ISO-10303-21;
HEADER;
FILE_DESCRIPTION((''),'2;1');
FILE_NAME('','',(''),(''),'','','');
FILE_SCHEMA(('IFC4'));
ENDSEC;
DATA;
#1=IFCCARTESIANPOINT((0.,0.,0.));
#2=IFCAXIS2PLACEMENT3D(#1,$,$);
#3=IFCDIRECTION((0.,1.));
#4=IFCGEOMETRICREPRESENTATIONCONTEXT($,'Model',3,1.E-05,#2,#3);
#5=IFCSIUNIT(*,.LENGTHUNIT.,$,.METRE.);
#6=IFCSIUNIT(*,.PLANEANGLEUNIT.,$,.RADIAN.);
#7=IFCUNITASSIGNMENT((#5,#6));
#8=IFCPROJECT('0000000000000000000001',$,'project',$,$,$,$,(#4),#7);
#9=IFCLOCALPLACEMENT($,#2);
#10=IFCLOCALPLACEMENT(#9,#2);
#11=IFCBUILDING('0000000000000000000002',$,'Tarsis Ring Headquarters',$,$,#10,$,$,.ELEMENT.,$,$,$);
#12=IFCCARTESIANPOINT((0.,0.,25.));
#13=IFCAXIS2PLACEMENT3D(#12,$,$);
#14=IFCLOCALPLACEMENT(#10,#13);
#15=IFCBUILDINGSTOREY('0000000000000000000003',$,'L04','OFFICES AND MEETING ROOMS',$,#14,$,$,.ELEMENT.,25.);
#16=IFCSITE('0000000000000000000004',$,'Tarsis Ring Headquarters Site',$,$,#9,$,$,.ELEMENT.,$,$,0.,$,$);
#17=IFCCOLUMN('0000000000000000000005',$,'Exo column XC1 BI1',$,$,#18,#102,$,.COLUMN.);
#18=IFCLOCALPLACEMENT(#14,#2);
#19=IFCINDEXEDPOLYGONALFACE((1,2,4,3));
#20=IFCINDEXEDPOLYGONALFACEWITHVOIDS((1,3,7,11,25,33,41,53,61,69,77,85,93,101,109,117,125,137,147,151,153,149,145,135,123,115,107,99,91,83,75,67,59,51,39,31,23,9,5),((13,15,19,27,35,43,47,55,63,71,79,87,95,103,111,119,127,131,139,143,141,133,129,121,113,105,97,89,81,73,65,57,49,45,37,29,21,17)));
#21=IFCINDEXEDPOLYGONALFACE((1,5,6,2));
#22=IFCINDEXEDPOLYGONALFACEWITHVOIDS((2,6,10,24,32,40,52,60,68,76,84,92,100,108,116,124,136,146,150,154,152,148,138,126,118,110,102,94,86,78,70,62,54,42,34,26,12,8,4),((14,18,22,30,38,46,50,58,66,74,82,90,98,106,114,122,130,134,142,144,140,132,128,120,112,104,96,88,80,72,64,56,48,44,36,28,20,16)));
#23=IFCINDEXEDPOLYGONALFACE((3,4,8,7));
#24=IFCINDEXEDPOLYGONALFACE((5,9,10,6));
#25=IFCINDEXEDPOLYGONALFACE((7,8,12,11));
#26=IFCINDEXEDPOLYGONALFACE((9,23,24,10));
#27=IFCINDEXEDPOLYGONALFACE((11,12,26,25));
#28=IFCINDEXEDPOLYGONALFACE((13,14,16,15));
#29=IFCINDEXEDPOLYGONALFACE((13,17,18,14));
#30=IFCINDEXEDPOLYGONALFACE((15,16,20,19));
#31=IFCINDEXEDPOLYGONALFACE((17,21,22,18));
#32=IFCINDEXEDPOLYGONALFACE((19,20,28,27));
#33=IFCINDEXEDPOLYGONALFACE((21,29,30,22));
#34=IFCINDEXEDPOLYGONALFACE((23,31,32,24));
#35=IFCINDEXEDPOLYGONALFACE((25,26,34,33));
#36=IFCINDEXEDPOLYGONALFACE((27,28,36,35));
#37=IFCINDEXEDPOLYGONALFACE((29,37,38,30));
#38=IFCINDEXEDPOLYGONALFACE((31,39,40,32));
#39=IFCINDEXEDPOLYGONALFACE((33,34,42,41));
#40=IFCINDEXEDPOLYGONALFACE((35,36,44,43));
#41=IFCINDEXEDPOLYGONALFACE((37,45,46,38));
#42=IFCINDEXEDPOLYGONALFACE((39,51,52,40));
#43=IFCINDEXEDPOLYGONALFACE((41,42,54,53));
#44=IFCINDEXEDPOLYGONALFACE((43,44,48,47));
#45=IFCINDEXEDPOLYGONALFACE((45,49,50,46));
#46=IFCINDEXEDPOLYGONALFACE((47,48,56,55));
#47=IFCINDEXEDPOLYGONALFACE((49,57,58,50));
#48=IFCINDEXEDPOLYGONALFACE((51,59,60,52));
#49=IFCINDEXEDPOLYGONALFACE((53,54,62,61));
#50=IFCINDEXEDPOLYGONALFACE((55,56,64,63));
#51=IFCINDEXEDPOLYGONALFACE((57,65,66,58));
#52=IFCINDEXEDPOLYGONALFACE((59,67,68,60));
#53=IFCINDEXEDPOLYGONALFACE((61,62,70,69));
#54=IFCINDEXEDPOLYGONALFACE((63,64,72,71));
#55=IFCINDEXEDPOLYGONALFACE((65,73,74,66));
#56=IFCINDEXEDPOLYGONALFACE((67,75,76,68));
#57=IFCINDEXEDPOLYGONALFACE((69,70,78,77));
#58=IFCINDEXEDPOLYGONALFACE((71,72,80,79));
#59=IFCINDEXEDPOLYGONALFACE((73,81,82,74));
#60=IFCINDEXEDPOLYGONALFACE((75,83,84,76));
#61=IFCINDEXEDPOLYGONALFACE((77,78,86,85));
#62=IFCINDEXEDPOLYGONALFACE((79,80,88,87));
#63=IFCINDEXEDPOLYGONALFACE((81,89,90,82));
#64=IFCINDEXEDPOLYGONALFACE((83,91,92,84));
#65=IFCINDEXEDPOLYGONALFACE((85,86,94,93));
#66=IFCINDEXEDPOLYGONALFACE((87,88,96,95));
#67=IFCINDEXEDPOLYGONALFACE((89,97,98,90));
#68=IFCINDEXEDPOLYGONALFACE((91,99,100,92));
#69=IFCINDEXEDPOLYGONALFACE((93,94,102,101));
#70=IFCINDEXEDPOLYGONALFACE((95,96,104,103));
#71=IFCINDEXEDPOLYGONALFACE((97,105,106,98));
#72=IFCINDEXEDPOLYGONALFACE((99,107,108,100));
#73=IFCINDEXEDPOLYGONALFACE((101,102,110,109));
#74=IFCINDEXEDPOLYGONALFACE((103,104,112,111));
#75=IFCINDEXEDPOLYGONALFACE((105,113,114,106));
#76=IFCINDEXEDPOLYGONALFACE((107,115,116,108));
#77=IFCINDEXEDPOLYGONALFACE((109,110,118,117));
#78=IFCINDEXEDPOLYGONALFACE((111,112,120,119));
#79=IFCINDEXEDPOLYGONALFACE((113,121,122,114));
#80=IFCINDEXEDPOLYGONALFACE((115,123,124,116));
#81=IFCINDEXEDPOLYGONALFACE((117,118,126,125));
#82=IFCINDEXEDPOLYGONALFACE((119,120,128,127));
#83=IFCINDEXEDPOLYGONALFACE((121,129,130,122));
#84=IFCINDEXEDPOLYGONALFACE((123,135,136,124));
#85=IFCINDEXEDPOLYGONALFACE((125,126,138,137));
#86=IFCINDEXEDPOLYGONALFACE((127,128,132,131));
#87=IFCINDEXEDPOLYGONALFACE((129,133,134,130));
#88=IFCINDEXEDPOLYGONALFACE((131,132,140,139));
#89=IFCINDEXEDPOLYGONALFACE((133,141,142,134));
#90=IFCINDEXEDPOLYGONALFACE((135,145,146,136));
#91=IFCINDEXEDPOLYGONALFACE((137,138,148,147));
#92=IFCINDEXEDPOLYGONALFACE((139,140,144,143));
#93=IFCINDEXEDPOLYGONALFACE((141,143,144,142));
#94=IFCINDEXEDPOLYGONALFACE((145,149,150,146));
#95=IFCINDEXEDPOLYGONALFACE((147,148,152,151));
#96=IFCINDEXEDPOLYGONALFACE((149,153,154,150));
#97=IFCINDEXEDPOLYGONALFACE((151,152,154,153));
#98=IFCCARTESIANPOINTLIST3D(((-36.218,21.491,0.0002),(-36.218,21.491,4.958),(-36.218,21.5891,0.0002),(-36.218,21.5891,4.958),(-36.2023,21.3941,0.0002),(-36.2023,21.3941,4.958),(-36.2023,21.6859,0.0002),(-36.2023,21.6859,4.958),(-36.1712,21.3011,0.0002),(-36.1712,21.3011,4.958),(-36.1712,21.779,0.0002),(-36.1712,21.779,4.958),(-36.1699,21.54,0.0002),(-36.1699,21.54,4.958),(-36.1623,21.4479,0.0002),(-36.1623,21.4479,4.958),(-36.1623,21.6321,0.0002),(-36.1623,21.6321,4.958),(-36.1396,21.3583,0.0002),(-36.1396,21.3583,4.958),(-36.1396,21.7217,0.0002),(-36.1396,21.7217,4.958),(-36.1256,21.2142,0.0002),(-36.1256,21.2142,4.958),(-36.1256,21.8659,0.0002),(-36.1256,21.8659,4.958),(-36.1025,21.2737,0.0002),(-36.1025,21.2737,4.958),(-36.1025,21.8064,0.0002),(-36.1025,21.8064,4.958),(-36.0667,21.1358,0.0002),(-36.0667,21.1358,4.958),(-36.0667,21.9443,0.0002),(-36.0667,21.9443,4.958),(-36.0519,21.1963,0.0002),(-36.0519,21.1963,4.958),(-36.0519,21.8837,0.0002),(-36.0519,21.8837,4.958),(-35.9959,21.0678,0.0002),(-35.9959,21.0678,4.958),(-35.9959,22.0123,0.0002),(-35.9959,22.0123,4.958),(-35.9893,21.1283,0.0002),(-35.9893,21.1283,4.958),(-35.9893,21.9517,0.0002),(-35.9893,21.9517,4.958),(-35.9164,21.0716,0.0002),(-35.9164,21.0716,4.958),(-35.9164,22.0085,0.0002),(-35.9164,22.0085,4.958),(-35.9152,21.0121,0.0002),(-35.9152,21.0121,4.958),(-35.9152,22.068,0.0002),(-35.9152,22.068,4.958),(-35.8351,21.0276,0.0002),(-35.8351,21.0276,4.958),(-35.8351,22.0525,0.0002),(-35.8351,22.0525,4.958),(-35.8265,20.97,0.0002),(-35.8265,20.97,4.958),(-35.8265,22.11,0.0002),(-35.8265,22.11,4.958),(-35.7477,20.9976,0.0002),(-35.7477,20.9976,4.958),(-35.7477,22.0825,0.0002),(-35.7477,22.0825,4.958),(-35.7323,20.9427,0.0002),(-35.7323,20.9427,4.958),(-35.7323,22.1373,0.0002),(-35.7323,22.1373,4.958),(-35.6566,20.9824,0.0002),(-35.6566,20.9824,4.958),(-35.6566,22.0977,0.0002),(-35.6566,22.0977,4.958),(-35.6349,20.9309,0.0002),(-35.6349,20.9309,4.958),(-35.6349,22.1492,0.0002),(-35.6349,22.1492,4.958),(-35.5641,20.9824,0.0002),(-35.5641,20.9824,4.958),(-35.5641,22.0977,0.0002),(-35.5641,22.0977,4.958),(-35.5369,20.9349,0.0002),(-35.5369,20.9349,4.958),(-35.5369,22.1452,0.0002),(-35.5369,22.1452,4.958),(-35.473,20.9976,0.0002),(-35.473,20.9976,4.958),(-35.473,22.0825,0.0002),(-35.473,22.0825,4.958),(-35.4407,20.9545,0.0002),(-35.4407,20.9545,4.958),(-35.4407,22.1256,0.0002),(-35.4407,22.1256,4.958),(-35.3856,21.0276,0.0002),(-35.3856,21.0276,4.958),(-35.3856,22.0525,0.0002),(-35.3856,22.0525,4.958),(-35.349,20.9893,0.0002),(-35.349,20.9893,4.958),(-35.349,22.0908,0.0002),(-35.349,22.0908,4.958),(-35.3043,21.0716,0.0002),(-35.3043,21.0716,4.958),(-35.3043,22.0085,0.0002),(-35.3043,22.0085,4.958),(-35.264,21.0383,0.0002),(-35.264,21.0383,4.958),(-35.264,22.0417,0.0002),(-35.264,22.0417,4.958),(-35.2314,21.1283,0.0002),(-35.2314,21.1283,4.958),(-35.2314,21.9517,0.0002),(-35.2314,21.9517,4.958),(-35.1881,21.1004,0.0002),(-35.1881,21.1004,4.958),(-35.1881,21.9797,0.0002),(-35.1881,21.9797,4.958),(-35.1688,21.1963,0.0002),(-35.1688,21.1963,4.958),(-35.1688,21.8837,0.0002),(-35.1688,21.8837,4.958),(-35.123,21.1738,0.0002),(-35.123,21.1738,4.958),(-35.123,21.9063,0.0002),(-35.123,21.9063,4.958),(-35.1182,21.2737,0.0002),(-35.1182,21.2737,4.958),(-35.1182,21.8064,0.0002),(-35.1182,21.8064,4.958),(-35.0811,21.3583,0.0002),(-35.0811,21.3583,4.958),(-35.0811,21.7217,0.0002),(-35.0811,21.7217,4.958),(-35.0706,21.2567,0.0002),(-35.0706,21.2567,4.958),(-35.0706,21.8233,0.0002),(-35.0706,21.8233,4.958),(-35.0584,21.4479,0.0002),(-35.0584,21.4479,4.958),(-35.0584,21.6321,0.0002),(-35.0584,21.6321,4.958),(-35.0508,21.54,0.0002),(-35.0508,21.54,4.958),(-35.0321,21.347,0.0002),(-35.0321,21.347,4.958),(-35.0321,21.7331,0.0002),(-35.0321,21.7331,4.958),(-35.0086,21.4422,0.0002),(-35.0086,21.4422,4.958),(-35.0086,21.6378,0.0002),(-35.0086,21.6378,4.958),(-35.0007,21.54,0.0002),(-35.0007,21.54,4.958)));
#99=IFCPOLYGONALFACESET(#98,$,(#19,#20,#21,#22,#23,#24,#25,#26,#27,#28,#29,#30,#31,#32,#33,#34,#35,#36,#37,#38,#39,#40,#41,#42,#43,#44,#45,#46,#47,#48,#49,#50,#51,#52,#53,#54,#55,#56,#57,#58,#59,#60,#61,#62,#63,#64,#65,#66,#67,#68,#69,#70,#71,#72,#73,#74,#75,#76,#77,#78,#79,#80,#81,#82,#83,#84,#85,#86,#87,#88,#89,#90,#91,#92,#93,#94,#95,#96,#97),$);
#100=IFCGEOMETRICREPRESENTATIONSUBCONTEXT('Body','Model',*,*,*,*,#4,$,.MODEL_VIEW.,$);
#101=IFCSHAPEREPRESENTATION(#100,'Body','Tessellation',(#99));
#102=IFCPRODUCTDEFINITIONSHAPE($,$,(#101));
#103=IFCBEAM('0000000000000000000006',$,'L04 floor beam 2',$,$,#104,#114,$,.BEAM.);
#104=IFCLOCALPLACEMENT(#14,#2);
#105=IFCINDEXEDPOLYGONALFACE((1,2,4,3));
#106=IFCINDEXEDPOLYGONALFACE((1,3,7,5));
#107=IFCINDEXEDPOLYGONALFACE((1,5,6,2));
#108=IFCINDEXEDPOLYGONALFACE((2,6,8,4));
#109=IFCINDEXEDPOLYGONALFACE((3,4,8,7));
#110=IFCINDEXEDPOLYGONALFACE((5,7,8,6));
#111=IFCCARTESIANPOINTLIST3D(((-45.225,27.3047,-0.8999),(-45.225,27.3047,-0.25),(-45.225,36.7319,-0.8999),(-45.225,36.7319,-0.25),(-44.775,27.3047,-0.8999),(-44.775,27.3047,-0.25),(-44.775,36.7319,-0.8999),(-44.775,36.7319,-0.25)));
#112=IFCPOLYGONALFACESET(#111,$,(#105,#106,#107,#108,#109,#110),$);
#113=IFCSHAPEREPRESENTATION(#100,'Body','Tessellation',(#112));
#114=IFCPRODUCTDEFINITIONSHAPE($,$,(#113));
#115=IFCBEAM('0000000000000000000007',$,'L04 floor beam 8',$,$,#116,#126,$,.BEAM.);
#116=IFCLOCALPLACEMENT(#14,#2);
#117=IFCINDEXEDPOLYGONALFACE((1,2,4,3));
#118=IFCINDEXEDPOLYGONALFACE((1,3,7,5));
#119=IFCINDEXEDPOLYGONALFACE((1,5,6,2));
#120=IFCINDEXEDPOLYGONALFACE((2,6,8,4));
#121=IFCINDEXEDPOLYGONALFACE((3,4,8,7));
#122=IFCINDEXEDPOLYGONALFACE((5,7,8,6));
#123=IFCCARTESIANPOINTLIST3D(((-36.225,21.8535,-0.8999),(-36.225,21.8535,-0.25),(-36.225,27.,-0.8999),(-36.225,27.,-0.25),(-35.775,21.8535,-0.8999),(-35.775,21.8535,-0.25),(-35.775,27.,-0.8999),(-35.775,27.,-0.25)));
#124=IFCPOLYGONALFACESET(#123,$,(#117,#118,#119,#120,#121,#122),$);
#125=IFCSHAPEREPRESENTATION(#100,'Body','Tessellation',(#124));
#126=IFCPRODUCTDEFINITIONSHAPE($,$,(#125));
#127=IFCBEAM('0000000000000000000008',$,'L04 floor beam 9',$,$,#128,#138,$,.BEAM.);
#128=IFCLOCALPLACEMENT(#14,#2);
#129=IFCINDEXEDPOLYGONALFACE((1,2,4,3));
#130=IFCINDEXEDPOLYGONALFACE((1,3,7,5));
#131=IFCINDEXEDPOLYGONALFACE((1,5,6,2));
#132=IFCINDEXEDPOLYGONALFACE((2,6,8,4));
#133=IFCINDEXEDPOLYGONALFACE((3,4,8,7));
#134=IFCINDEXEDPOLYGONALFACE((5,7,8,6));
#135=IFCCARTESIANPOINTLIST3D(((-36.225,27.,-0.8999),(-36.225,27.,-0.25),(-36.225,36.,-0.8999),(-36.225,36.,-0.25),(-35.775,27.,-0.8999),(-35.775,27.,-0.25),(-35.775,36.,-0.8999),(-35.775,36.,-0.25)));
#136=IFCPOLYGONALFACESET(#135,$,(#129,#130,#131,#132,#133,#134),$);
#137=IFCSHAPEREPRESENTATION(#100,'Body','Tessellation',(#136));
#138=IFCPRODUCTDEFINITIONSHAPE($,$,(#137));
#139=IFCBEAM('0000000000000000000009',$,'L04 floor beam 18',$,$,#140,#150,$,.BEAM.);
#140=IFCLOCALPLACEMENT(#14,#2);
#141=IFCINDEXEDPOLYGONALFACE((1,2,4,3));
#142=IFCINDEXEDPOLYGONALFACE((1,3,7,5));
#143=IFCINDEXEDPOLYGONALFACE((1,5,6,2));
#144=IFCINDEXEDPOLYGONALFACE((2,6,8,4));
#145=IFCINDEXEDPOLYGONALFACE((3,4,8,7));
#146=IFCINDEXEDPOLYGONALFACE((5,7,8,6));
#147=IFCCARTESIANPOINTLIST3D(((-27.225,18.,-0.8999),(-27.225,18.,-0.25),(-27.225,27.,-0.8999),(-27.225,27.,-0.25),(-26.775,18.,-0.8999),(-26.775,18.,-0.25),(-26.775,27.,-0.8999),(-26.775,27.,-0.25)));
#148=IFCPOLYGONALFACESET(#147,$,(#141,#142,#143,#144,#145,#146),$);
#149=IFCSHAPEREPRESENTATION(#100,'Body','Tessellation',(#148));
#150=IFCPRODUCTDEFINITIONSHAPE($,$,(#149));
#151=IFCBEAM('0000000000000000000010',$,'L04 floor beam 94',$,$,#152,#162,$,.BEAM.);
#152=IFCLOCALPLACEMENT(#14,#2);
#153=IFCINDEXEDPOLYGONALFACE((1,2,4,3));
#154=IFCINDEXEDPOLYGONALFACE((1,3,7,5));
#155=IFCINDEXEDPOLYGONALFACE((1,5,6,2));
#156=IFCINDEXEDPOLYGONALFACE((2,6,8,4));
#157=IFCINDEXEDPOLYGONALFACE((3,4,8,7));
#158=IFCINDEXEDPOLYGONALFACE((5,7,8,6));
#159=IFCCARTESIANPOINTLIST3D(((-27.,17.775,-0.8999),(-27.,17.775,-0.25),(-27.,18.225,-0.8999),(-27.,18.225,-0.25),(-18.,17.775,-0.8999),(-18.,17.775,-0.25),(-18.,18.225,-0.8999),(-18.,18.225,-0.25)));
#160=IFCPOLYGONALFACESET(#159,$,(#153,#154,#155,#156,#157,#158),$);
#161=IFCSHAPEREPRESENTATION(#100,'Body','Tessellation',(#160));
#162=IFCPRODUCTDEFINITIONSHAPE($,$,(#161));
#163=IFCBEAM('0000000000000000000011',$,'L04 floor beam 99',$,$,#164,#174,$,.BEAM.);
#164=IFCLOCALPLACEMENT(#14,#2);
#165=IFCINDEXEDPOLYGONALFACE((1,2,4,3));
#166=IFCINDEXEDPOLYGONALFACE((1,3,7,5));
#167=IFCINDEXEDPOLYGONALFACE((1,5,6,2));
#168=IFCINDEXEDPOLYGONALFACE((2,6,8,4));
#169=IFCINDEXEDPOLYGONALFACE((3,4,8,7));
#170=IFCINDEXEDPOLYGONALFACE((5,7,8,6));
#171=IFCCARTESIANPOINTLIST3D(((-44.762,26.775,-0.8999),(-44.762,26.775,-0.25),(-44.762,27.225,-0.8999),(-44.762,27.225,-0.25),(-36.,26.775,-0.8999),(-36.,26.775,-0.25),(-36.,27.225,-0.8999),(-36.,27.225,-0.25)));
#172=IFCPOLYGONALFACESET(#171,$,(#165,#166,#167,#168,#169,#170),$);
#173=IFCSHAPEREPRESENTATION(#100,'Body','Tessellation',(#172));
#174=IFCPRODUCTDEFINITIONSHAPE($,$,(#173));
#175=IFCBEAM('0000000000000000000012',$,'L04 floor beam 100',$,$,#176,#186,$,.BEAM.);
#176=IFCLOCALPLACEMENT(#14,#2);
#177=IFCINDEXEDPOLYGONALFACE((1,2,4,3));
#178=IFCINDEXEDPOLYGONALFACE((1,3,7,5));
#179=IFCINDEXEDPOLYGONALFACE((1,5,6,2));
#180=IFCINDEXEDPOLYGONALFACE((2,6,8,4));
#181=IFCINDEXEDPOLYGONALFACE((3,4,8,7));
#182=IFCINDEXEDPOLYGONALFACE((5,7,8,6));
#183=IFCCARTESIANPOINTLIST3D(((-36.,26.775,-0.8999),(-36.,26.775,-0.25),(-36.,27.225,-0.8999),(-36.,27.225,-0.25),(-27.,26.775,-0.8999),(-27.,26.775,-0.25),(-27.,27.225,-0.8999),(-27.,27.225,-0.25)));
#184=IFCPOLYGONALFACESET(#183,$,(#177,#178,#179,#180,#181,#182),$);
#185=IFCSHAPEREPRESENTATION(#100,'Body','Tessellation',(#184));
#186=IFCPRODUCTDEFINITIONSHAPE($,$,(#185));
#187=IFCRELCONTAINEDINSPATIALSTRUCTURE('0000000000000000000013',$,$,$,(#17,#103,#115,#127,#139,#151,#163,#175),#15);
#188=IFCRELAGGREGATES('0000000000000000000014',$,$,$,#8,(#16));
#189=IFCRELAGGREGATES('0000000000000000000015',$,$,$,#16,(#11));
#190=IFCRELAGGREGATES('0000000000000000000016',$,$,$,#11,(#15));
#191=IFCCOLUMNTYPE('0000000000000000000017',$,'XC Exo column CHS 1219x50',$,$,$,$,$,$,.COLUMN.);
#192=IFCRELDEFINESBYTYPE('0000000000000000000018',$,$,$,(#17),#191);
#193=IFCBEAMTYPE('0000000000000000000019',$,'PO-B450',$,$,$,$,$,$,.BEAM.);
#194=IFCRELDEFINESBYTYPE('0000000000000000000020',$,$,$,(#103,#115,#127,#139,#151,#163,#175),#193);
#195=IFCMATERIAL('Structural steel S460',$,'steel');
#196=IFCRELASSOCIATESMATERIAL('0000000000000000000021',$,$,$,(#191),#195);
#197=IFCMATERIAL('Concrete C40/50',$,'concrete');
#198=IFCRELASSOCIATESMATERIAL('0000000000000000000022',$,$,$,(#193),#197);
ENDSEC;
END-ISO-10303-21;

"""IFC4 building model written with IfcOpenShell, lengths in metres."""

from ifc_helpers import new_model, si_unit, direction, frame, origin, origin_2d, place, context, subcontext, project, spatial, rectangle, hollow_circle, extrude, material, material_profile, profile_set, type_object, element, save


model = new_model("IFC4")

# Units and contexts
model_context = context("Model", 3, precision=1e-05, world=origin(), true_north=direction((0.0, 1.0)))
body_context = subcontext(model_context, "Body", "Model", "MODEL_VIEW")
ifc_project = project(units=[si_unit("LENGTHUNIT", "METRE"), si_unit("PLANEANGLEUNIT", "RADIAN")], contexts=[model_context])

# Site, building, storey
site_placement = place(None, origin())
site = spatial("IfcSite", under=ifc_project, at=site_placement, Name="Tarsis Ring Headquarters Site", CompositionType="ELEMENT", RefElevation=0.0)
building_placement = place(site_placement, origin())
building = spatial("IfcBuilding", under=site, at=building_placement, Name="Tarsis Ring Headquarters", CompositionType="ELEMENT")
storey_placement = place(building_placement, frame((0.0, 0.0, 25.0)))
storey = spatial("IfcBuildingStorey", under=building, at=storey_placement, Name="L04", Description="OFFICES AND MEETING ROOMS", CompositionType="ELEMENT", Elevation=25.0)

# Column
ifc_material_1 = material(Name="Concrete C40/50", Category="concrete")
ifc_material_2 = material(Name="Structural steel S460", Category="steel")
ifc_material_profile_1 = material_profile(ifc_material_2, hollow_circle(Radius=0.6096, WallThickness=0.05, at=origin_2d()), Name="CHS 1219x50")
ifc_profile_set_1 = profile_set([ifc_material_profile_1], Name="Structural steel S460")
column_type_1 = type_object("IfcColumnType", Name="XC Exo column CHS 1219x50", PredefinedType="COLUMN", material=ifc_profile_set_1)
column_1_placement = place(storey_placement, frame((-35.6104, 21.54, 0.0002), z_axis=(0.0, 0.0, 1.0), x_axis=(1.0, 0.0, 0.0)))
element("IfcColumn", 1, at=column_1_placement, inside=storey, type_object=column_type_1, Name="Exo column XC1 BI1", PredefinedType="COLUMN", context=body_context, shape_type="SweptSolid", body=[
    extrude(hollow_circle(Radius=0.6096, WallThickness=0.05, at=origin_2d()), origin(), (0.0, 0.0, 1.0), 4.9578),
])

# Beams
ifc_material_profile_2 = material_profile(ifc_material_1, rectangle(XDim=0.45, YDim=0.6499, at=origin_2d()), Name="PO-B450")
ifc_profile_set_2 = profile_set([ifc_material_profile_2], Name="Concrete C40/50")
beam_type_1 = type_object("IfcBeamType", Name="PO-B450", PredefinedType="BEAM", material=ifc_profile_set_2)
beam_1_placement = place(storey_placement, frame((-45.0, 27.3047, -0.575), z_axis=(0.0, 1.0, 0.0), x_axis=(-1.0, 0.0, 0.0)))
element("IfcBeam", 2, at=beam_1_placement, inside=storey, type_object=beam_type_1, Name="L04 floor beam 2", PredefinedType="BEAM", context=body_context, shape_type="SweptSolid", body=[
    extrude(rectangle(XDim=0.45, YDim=0.6499, at=origin_2d()), origin(), (0.0, 0.0, 1.0), 9.4272),
])
beam_2_placement = place(storey_placement, frame((-36.0, 21.8535, -0.575), z_axis=(0.0, 1.0, 0.0), x_axis=(-1.0, 0.0, 0.0)))
element("IfcBeam", 3, at=beam_2_placement, inside=storey, type_object=beam_type_1, Name="L04 floor beam 8", PredefinedType="BEAM", context=body_context, shape_type="SweptSolid", body=[
    extrude(rectangle(XDim=0.45, YDim=0.6499, at=origin_2d()), origin(), (0.0, 0.0, 1.0), 5.1465),
])
for number, where, z_axis, x_axis, name in (
    (4, (-36.0, 27.0, -0.575), (0.0, 1.0, 0.0), (-1.0, 0.0, 0.0), "L04 floor beam 9"),
    (5, (-27.0, 18.0, -0.575), (0.0, 1.0, 0.0), (-1.0, 0.0, 0.0), "L04 floor beam 18"),
    (6, (-27.0, 18.0, -0.575), (1.0, 0.0, 0.0), (0.0, 1.0, 0.0), "L04 floor beam 94"),
):
    element("IfcBeam", number, at=place(storey_placement, frame(where, z_axis=z_axis, x_axis=x_axis)), inside=storey, type_object=beam_type_1, Name=name, PredefinedType="BEAM", context=body_context, shape_type="SweptSolid", body=[
        extrude(rectangle(XDim=0.45, YDim=0.6499, at=origin_2d()), origin(), (0.0, 0.0, 1.0), 9.0),
    ])
beam_3_placement = place(storey_placement, frame((-44.762, 27.0, -0.575), z_axis=(1.0, 0.0, 0.0), x_axis=(0.0, 1.0, 0.0)))
element("IfcBeam", 7, at=beam_3_placement, inside=storey, type_object=beam_type_1, Name="L04 floor beam 99", PredefinedType="BEAM", context=body_context, shape_type="SweptSolid", body=[
    extrude(rectangle(XDim=0.45, YDim=0.6499, at=origin_2d()), origin(), (0.0, 0.0, 1.0), 8.762),
])
beam_4_placement = place(storey_placement, frame((-36.0, 27.0, -0.575), z_axis=(1.0, 0.0, 0.0), x_axis=(0.0, 1.0, 0.0)))
element("IfcBeam", 8, at=beam_4_placement, inside=storey, type_object=beam_type_1, Name="L04 floor beam 100", PredefinedType="BEAM", context=body_context, shape_type="SweptSolid", body=[
    extrude(rectangle(XDim=0.45, YDim=0.6499, at=origin_2d()), origin(), (0.0, 0.0, 1.0), 9.0),
])

save(model, "model.ifc")
